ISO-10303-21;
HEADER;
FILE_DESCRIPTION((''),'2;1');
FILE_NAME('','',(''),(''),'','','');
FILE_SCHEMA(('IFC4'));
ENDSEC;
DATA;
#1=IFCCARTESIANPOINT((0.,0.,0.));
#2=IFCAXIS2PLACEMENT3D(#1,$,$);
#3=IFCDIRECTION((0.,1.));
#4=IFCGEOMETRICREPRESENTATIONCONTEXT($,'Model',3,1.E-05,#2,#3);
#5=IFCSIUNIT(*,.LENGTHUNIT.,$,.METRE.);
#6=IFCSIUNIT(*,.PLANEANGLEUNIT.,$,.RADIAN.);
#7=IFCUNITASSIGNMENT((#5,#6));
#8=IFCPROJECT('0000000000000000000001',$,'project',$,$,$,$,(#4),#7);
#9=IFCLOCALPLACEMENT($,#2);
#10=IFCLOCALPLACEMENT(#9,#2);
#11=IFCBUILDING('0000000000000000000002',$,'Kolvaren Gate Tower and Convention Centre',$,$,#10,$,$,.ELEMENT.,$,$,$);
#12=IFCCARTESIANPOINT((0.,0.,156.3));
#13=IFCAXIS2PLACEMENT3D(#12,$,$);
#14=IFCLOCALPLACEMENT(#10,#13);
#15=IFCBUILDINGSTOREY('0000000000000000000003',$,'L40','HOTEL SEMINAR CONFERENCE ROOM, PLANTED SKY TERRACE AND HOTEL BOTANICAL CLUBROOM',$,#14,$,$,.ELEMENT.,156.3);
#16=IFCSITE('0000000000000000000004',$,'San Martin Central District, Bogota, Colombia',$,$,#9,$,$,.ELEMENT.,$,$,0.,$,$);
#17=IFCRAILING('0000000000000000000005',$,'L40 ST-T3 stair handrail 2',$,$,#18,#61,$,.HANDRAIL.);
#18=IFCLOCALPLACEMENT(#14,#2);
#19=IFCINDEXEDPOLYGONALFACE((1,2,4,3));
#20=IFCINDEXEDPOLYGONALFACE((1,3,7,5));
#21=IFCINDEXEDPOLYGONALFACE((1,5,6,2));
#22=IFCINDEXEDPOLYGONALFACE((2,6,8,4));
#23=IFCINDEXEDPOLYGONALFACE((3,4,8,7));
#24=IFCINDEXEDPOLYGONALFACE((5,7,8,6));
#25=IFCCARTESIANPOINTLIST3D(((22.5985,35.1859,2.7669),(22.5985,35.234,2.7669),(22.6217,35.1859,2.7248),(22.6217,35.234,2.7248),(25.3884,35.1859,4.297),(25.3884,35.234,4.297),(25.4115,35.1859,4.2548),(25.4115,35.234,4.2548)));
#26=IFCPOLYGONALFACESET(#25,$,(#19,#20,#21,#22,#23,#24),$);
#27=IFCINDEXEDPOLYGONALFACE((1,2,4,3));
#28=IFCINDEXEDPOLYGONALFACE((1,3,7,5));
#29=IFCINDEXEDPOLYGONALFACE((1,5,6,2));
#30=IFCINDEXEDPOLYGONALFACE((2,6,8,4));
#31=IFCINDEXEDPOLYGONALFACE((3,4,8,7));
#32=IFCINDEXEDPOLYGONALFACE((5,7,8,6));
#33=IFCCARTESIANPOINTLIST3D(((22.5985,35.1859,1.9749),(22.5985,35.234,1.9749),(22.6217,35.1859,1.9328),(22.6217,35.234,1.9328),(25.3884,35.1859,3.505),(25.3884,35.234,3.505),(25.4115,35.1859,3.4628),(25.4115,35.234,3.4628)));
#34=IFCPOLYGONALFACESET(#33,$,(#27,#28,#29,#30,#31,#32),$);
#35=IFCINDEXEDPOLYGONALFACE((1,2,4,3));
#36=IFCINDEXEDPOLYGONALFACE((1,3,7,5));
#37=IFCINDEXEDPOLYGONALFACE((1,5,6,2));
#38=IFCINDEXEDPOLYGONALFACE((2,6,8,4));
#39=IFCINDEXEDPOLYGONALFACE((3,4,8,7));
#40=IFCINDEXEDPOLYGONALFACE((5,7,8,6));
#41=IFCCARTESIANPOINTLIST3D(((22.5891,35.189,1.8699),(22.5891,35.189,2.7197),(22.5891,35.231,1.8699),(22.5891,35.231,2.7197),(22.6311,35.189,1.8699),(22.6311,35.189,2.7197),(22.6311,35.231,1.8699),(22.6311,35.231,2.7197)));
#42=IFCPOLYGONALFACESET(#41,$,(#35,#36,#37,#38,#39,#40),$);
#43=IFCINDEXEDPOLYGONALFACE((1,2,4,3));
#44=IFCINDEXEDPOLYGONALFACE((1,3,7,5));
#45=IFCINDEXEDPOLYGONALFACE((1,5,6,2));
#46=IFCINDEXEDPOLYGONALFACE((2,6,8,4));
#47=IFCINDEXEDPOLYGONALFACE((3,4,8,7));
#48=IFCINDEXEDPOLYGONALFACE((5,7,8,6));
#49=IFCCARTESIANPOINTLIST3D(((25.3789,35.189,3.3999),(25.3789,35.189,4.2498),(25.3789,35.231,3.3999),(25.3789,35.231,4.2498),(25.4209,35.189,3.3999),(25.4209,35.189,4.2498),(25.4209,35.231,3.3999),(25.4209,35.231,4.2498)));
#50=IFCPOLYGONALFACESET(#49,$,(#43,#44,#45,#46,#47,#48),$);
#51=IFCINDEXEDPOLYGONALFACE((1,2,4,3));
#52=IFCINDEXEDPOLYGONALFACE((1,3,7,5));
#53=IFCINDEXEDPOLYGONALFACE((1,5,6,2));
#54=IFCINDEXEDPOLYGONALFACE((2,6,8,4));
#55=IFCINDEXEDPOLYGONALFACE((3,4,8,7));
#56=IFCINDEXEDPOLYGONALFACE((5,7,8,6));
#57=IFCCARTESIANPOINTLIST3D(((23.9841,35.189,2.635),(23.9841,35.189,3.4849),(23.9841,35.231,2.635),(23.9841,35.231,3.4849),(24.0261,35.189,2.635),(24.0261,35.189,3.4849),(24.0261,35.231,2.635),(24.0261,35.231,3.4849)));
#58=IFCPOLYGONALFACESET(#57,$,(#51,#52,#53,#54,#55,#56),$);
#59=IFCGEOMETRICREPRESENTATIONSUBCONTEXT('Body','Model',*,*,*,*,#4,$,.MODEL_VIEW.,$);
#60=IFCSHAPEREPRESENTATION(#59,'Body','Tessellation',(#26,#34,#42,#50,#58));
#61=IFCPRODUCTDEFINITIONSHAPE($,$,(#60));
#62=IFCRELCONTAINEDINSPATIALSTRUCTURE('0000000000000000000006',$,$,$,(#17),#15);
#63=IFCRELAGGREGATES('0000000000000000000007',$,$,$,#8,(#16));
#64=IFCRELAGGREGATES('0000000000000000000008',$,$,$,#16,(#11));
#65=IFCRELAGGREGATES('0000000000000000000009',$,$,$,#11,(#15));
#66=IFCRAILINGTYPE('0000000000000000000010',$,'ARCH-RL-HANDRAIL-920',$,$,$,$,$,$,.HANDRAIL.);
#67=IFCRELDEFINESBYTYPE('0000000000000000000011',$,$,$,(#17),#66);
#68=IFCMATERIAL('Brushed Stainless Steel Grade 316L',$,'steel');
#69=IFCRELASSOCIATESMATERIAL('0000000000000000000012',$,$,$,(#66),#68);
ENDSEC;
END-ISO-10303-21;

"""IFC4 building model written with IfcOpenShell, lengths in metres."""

from ifc_helpers import new_model, si_unit, direction, frame, origin, origin_2d, place, context, subcontext, project, spatial, rectangle, extrude, material, type_object, element, save


model = new_model("IFC4")

# Units and contexts
model_context = context("Model", 3, precision=1e-05, world=origin(), true_north=direction((0.0, 1.0)))
body_context = subcontext(model_context, "Body", "Model", "MODEL_VIEW")
ifc_project = project(units=[si_unit("LENGTHUNIT", "METRE"), si_unit("PLANEANGLEUNIT", "RADIAN")], contexts=[model_context])

# Site, building, storey
site_placement = place(None, origin())
site = spatial("IfcSite", under=ifc_project, at=site_placement, Name="San Martin Central District, Bogota, Colombia", CompositionType="ELEMENT", RefElevation=0.0)
building_placement = place(site_placement, origin())
building = spatial("IfcBuilding", under=site, at=building_placement, Name="Kolvaren Gate Tower and Convention Centre", CompositionType="ELEMENT")
storey_placement = place(building_placement, frame((0.0, 0.0, 156.3)))
storey = spatial("IfcBuildingStorey", under=building, at=storey_placement, Name="L40", Description="HOTEL SEMINAR CONFERENCE ROOM, PLANTED SKY TERRACE AND HOTEL BOTANICAL CLUBROOM", CompositionType="ELEMENT", Elevation=156.3)

# Shared definitions
ifc_material_1 = material(Name="Brushed Stainless Steel Grade 316L", Category="steel")

# Railing
railing_type_1 = type_object("IfcRailingType", Name="ARCH-RL-HANDRAIL-920", PredefinedType="HANDRAIL", material=ifc_material_1)
railing_1_placement = place(storey_placement, frame((22.6101, 35.21, 1.8699)))
element("IfcRailing", 1, at=railing_1_placement, inside=storey, type_object=railing_type_1, Name="L40 ST-T3 stair handrail 2", PredefinedType="HANDRAIL", context=body_context, shape_type="SweptSolid", body=[
    extrude(rectangle(XDim=0.0481, YDim=0.0481, at=origin_2d()), frame((0.0, 0.0, 0.876), z_axis=(0.876794, 0.0, 0.480867), x_axis=(0.0, 1.0, 0.0)), (0.0, 0.0, 1.0), 3.1819),
    extrude(rectangle(XDim=0.0481, YDim=0.0481, at=origin_2d()), frame((0.0, 0.0, 0.084), z_axis=(0.876794, 0.0, 0.480867), x_axis=(0.0, 1.0, 0.0)), (0.0, 0.0, 1.0), 3.1819),
    extrude(rectangle(XDim=0.042, YDim=0.042, at=origin_2d()), origin(), (0.0, 0.0, 1.0), 0.8499),
    extrude(rectangle(XDim=0.042, YDim=0.042, at=origin_2d()), frame((2.7898, 0.0, 1.53)), (0.0, 0.0, 1.0), 0.8499),
    extrude(rectangle(XDim=0.042, YDim=0.042, at=origin_2d()), frame((1.395, 0.0, 0.7651)), (0.0, 0.0, 1.0), 0.8499),
])

save(model, "model.ifc")
